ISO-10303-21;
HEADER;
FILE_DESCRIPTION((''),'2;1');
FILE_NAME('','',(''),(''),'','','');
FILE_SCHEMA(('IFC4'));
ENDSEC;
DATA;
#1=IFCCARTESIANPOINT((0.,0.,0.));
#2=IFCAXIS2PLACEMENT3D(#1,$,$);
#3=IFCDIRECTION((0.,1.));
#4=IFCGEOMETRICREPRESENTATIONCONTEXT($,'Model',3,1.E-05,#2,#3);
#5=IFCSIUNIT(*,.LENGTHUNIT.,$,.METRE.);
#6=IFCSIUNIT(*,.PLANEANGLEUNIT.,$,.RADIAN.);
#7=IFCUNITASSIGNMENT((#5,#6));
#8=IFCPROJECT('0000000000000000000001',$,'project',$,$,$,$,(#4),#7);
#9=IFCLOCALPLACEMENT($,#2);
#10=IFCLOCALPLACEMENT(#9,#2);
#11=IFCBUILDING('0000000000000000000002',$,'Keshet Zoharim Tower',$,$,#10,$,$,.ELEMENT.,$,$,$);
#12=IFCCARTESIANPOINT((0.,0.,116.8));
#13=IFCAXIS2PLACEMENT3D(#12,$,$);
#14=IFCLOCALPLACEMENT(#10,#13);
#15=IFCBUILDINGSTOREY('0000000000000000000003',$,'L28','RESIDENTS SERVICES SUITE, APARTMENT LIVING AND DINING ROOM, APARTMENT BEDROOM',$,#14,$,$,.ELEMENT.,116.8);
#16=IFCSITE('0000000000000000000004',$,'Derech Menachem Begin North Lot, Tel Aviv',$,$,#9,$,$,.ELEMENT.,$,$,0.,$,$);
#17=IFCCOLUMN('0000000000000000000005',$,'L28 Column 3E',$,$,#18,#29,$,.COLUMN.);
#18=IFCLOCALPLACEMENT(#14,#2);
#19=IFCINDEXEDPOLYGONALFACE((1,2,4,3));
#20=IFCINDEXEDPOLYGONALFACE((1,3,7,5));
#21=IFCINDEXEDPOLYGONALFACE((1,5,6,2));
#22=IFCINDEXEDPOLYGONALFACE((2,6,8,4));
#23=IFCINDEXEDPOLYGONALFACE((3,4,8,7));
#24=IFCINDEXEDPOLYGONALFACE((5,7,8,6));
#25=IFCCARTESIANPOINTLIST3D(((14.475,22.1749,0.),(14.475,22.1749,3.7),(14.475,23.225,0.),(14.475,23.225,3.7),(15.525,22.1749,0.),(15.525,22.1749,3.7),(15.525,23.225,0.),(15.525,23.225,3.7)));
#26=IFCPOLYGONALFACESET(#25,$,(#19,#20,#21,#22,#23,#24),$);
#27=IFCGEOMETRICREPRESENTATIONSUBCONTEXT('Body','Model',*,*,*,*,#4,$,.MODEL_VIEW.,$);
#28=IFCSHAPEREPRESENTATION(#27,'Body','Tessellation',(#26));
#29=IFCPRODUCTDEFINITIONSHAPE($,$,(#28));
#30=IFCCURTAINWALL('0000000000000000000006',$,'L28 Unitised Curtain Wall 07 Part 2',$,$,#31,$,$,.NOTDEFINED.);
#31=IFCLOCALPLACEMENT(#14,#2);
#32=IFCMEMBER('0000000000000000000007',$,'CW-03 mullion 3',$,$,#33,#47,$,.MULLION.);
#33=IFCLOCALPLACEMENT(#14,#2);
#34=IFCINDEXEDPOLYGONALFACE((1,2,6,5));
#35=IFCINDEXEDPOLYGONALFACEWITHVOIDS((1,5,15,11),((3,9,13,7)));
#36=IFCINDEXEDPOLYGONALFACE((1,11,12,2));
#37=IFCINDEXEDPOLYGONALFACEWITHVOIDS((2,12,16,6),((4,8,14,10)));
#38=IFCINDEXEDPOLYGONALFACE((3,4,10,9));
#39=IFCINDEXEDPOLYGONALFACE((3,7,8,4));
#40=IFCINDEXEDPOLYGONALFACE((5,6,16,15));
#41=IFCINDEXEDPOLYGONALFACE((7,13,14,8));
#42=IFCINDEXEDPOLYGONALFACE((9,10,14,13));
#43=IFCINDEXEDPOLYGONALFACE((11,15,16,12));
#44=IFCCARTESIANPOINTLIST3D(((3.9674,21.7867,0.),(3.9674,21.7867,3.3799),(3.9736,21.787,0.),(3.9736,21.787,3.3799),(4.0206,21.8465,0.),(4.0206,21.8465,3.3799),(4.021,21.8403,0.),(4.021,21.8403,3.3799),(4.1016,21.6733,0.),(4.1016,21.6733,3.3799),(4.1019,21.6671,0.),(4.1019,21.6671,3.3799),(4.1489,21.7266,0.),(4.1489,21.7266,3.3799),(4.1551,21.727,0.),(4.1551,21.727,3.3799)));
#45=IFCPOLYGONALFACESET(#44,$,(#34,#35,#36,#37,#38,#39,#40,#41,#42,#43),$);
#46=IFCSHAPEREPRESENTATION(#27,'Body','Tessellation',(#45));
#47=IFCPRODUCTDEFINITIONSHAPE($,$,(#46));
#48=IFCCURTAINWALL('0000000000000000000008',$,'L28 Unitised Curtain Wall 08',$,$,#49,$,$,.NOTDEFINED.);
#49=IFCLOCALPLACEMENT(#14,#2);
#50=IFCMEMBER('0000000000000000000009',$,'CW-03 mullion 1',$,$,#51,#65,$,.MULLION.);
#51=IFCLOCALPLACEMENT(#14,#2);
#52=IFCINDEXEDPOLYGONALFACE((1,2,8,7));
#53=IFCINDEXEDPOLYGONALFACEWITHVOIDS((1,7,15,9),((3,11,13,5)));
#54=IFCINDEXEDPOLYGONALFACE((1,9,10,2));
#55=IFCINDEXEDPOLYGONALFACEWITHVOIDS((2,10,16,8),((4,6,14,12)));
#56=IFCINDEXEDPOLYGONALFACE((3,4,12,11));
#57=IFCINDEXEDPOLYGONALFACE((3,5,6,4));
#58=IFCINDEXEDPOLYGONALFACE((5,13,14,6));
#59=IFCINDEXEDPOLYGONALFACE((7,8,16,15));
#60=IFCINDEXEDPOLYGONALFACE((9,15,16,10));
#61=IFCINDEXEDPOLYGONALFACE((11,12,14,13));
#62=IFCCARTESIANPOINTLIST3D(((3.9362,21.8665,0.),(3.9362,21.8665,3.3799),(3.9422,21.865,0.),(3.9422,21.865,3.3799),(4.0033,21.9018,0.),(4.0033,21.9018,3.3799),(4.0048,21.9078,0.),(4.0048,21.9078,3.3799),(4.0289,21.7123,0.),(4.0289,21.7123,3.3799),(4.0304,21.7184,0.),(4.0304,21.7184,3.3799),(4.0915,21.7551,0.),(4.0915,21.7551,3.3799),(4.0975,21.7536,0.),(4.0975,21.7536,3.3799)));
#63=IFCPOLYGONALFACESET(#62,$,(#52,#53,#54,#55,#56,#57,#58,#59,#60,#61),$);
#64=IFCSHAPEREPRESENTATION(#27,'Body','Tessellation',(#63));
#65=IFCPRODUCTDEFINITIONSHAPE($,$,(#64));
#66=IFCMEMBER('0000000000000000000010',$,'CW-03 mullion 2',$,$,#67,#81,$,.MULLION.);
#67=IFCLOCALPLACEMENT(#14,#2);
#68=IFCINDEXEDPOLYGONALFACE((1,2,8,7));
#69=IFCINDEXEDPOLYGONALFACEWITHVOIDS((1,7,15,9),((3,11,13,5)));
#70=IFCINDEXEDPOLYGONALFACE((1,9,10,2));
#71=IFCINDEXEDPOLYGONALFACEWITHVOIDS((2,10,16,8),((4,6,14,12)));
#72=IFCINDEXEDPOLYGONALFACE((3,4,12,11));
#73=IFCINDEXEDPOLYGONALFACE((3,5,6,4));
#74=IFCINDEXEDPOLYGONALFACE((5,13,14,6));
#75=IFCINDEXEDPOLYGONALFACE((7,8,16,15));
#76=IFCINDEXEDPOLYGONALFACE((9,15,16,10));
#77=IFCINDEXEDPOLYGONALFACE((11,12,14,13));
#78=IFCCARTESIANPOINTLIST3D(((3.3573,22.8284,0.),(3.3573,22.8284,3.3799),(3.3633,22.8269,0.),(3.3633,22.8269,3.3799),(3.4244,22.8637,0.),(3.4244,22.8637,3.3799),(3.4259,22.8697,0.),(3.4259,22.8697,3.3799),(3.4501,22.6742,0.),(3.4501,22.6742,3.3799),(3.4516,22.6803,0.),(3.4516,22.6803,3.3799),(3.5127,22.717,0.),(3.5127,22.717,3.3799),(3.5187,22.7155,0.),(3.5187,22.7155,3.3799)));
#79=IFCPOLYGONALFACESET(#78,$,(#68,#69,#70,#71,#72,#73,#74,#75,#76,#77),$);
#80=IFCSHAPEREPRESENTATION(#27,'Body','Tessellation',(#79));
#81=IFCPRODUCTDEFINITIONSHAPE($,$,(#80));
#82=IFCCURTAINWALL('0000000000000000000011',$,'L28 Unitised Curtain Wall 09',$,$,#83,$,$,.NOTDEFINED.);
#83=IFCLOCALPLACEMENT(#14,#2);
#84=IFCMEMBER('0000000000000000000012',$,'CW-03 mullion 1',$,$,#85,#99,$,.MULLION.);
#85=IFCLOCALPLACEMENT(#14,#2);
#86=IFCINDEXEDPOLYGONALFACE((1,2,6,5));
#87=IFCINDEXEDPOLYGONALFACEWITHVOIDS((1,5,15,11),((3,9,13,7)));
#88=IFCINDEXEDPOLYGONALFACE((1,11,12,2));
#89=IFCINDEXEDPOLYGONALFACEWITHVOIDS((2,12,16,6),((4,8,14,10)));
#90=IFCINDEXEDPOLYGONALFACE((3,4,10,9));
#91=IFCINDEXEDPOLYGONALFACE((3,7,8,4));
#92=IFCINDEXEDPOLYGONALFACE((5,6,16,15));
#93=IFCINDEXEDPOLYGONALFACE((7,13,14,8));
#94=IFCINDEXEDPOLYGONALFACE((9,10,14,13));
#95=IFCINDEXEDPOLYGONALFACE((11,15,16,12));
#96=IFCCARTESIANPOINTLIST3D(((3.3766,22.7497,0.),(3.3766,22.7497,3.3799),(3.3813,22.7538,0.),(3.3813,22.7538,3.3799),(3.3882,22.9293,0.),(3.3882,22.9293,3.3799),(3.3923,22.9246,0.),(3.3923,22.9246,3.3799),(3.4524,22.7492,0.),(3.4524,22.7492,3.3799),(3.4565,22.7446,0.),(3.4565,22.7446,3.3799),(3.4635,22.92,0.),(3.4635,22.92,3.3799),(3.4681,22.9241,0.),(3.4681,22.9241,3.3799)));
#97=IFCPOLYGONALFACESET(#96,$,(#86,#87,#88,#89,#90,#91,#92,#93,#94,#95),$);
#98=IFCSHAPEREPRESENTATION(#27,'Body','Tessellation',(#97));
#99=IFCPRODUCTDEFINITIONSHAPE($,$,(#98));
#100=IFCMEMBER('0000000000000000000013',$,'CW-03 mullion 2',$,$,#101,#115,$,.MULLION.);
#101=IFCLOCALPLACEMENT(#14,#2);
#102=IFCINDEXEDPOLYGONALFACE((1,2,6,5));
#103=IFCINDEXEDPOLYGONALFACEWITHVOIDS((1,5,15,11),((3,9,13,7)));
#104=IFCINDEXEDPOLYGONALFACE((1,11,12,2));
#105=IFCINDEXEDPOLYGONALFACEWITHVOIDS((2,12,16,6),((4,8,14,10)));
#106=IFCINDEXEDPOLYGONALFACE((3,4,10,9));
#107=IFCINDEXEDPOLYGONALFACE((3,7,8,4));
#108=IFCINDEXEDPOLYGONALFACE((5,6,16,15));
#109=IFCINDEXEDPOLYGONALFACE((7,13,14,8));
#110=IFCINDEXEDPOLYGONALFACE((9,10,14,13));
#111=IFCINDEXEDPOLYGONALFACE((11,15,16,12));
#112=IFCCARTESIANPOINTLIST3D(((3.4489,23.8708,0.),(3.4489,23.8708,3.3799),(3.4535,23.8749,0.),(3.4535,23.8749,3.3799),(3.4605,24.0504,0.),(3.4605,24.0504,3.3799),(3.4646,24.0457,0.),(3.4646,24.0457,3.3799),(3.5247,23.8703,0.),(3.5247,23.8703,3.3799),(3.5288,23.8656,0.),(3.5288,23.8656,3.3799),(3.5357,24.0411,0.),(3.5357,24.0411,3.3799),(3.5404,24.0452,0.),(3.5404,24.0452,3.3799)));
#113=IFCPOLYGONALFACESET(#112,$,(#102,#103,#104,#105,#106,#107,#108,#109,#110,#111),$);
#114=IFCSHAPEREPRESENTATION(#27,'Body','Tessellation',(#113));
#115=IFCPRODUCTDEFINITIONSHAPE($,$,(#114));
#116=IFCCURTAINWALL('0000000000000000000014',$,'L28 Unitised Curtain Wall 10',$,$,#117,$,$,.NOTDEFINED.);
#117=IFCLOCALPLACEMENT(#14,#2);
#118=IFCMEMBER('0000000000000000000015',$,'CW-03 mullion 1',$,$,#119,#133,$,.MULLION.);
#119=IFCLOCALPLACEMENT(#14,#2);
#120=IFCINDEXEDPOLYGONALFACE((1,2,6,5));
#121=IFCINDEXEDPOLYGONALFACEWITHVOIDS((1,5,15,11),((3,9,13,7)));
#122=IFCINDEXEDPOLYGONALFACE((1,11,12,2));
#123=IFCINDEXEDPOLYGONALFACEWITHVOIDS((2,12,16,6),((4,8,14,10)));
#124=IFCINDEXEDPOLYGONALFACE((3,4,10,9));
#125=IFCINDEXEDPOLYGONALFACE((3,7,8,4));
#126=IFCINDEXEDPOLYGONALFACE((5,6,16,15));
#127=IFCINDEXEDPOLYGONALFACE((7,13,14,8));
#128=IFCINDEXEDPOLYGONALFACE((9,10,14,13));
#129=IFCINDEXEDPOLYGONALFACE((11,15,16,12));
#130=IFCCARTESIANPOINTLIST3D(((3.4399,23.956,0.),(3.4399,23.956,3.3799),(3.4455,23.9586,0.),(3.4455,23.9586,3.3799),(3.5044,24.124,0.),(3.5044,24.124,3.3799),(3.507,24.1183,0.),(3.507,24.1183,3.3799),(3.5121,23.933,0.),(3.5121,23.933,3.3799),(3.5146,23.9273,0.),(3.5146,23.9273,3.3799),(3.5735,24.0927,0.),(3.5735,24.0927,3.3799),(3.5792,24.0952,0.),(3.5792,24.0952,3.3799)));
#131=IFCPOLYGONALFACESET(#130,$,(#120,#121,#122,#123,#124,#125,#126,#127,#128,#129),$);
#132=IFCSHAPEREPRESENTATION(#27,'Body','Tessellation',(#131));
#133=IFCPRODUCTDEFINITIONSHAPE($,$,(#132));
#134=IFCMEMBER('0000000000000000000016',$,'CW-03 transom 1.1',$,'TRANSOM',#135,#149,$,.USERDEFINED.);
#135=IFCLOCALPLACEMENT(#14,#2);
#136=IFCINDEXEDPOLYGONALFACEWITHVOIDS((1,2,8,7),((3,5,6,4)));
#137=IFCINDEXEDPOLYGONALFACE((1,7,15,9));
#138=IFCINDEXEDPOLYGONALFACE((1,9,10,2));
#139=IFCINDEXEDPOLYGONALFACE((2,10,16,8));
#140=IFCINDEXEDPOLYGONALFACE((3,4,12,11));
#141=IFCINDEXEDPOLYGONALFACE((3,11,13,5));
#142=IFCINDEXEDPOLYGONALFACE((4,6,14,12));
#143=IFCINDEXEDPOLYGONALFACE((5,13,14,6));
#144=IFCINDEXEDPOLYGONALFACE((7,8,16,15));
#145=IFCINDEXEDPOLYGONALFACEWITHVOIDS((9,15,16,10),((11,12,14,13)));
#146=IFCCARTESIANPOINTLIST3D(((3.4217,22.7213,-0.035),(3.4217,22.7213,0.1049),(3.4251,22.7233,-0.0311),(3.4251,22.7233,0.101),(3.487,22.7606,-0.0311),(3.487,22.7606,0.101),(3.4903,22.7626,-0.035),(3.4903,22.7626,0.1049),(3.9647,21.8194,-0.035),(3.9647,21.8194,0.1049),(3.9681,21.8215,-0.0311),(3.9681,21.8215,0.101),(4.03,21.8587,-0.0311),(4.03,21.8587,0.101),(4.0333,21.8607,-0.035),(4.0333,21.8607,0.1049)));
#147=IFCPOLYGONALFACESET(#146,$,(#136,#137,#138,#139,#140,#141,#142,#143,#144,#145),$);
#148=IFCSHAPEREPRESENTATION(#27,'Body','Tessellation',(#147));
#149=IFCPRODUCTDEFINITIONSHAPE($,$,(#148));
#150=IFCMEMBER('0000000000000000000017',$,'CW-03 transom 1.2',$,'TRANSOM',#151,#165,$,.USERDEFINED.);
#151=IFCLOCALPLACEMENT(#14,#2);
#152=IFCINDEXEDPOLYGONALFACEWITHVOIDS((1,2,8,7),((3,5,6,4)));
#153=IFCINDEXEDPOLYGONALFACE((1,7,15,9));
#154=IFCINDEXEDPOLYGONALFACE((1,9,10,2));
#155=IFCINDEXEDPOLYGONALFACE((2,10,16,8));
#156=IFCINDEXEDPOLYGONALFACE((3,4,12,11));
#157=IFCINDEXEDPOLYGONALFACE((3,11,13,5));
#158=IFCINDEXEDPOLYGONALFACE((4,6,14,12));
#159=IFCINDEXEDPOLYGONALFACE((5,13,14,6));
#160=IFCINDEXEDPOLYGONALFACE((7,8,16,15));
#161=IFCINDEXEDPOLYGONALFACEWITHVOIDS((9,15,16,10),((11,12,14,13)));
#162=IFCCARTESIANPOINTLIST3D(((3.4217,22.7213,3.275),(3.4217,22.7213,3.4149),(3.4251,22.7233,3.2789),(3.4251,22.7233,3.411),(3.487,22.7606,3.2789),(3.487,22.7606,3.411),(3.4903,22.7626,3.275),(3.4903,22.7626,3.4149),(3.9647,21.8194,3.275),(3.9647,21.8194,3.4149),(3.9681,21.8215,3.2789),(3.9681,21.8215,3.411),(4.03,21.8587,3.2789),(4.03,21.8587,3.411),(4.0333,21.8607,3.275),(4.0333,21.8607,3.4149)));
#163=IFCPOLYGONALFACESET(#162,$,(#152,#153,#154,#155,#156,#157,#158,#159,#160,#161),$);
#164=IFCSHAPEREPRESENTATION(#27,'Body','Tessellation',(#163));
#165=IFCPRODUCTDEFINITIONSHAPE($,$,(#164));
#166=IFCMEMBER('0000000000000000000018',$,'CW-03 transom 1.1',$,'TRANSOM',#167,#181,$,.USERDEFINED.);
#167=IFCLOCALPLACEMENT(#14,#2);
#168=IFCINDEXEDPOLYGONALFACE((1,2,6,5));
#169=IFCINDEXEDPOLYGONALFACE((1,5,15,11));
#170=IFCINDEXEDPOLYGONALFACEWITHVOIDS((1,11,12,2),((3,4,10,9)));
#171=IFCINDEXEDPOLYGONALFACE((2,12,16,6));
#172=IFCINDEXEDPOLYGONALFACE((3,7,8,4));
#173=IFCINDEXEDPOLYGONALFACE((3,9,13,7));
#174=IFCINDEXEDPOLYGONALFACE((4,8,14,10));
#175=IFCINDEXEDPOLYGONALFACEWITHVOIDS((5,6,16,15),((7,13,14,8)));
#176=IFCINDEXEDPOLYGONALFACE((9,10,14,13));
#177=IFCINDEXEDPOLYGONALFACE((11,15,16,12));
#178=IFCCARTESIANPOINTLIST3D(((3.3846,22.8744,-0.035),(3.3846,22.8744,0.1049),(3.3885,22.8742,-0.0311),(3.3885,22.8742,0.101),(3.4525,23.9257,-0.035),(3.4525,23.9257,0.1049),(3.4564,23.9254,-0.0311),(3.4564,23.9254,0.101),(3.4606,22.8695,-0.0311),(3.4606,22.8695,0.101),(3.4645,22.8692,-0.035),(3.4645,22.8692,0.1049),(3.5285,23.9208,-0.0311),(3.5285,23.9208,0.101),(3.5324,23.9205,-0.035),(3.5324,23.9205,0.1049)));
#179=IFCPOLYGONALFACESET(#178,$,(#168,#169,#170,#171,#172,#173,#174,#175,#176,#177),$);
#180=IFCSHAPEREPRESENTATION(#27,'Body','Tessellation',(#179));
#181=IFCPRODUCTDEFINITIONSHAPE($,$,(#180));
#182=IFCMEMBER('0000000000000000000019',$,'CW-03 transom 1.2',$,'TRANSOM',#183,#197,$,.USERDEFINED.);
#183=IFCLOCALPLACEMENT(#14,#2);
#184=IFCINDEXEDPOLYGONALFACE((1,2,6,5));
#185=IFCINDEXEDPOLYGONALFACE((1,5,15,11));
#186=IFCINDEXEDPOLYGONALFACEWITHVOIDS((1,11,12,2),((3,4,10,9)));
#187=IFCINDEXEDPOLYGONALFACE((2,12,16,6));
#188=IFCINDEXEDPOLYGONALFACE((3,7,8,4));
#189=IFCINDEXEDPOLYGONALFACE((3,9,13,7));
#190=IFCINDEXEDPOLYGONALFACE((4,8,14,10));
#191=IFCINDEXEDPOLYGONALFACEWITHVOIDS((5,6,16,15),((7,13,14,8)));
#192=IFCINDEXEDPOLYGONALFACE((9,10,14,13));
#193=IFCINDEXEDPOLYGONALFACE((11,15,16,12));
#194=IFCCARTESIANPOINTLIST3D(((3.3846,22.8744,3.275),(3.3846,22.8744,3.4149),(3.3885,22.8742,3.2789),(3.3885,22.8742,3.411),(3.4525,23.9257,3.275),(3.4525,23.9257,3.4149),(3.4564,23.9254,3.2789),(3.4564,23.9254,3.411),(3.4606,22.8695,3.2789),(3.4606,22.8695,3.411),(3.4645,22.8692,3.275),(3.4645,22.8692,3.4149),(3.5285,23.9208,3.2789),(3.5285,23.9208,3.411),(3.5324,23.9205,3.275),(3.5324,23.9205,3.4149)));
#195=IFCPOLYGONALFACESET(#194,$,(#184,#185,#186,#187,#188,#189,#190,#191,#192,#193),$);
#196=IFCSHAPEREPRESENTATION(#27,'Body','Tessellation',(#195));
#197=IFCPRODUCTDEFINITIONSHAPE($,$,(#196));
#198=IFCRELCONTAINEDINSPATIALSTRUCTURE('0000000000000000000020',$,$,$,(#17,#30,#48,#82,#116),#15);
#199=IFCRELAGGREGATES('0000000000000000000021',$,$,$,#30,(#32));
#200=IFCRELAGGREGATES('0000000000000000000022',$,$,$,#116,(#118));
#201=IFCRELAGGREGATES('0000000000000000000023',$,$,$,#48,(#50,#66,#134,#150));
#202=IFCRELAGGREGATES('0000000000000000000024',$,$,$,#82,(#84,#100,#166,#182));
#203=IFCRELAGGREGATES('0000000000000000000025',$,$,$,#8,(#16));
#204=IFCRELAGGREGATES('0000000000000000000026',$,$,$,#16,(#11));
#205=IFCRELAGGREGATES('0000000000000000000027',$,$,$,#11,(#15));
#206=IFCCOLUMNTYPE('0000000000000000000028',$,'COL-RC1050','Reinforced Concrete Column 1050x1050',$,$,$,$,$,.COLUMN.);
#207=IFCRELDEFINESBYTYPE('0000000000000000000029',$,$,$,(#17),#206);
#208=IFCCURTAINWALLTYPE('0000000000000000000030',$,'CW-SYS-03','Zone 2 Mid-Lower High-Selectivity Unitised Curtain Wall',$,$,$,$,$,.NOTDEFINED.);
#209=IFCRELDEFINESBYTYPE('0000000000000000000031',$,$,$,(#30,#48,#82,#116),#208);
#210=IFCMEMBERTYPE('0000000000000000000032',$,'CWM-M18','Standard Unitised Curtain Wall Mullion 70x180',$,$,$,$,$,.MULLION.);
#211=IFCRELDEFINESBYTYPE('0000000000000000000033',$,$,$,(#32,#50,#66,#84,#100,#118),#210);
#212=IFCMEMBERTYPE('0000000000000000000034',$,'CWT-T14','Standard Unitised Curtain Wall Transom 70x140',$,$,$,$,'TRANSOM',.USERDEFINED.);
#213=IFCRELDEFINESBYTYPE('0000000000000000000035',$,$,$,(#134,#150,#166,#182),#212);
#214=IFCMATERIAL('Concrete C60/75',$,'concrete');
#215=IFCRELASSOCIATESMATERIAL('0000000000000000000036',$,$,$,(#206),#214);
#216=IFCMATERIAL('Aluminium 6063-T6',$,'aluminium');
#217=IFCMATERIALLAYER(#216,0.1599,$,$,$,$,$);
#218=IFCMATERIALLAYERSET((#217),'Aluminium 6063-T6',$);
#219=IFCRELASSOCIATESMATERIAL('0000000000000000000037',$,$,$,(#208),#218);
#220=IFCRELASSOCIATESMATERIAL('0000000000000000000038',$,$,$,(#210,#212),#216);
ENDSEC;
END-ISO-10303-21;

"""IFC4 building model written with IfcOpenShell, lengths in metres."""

from ifc_helpers import new_model, si_unit, direction, frame, origin, origin_2d, place, context, subcontext, project, spatial, rectangle, hollow_rectangle, extrude, material, layer, layer_set, material_profile, profile_set, type_object, element, aggregate, save


model = new_model("IFC4")

# Units and contexts
model_context = context("Model", 3, precision=1e-05, world=origin(), true_north=direction((0.0, 1.0)))
body_context = subcontext(model_context, "Body", "Model", "MODEL_VIEW")
ifc_project = project(units=[si_unit("LENGTHUNIT", "METRE"), si_unit("PLANEANGLEUNIT", "RADIAN")], contexts=[model_context])

# Site, building, storey
site_placement = place(None, origin())
site = spatial("IfcSite", under=ifc_project, at=site_placement, Name="Derech Menachem Begin North Lot, Tel Aviv", CompositionType="ELEMENT", RefElevation=0.0)
building_placement = place(site_placement, origin())
building = spatial("IfcBuilding", under=site, at=building_placement, Name="Keshet Zoharim Tower", CompositionType="ELEMENT")
storey_placement = place(building_placement, frame((0.0, 0.0, 116.8)))
storey = spatial("IfcBuildingStorey", under=building, at=storey_placement, Name="L28", Description="RESIDENTS SERVICES SUITE, APARTMENT LIVING AND DINING ROOM, APARTMENT BEDROOM", CompositionType="ELEMENT", Elevation=116.8)

# Column
ifc_material_1 = material(Name="Concrete C60/75", Category="concrete")
ifc_material_profile_1 = material_profile(ifc_material_1, rectangle(XDim=1.05, YDim=1.05, at=origin_2d()), Name="RC1050x1050")
ifc_profile_set_1 = profile_set([ifc_material_profile_1], Name="Concrete C60/75")
column_type = type_object("IfcColumnType", Name="COL-RC1050", Description="Reinforced Concrete Column 1050x1050", PredefinedType="COLUMN", material=ifc_profile_set_1)
column_placement = place(storey_placement, frame((15.0, 22.7, 0.0), z_axis=(0.0, 0.0, 1.0), x_axis=(1.0, 0.0, 0.0)))
element("IfcColumn", 1, at=column_placement, inside=storey, type_object=column_type, Name="L28 Column 3E", PredefinedType="COLUMN", context=body_context, shape_type="SweptSolid", body=[
    extrude(rectangle(XDim=1.05, YDim=1.05, at=origin_2d()), origin(), (0.0, 0.0, 1.0), 3.7),
])

# Curtain wall, member
ifc_material_2 = material(Name="Aluminium 6063-T6", Category="aluminium")
ifc_layer_1 = layer(ifc_material_2, 0.1599)
ifc_layer_set_1 = layer_set([ifc_layer_1], Name="Aluminium 6063-T6")
curtain_wall_type = type_object("IfcCurtainWallType", Name="CW-SYS-03", Description="Zone 2 Mid-Lower High-Selectivity Unitised Curtain Wall", PredefinedType="NOTDEFINED", material=ifc_layer_set_1)
curtain_wall_1_placement = place(storey_placement, origin())
curtain_wall_1 = element("IfcCurtainWall", 2, at=curtain_wall_1_placement, inside=storey, type_object=curtain_wall_type, Name="L28 Unitised Curtain Wall 07 Part 2", PredefinedType="NOTDEFINED")
ifc_material_profile_2 = material_profile(ifc_material_2, hollow_rectangle(XDim=0.0801, YDim=0.1799, WallThickness=0.0044, at=origin_2d()), Name="MUL-80x180")
ifc_profile_set_2 = profile_set([ifc_material_profile_2], Name="Aluminium 6063-T6")
member_type_1 = type_object("IfcMemberType", Name="CWM-M18", Description="Standard Unitised Curtain Wall Mullion 70x180", PredefinedType="MULLION", material=ifc_profile_set_2)
member_1_placement = place(storey_placement, frame((4.0613, 21.7568, 0.0), z_axis=(0.0, 0.0, 1.0), x_axis=(-0.664364, -0.747409, 0.0)))
member_1 = element("IfcMember", 3, at=member_1_placement, type_object=member_type_1, Name="CW-03 mullion 3", PredefinedType="MULLION", context=body_context, shape_type="SweptSolid", body=[
    extrude(hollow_rectangle(XDim=0.0801, YDim=0.1799, WallThickness=0.0044, at=origin_2d()), origin(), (0.0, 0.0, 1.0), 3.3799),
])
aggregate(curtain_wall_1, [member_1])

# Curtain walls, members
curtain_wall_2_placement = place(storey_placement, origin())
curtain_wall_2 = element("IfcCurtainWall", 4, at=curtain_wall_2_placement, inside=storey, type_object=curtain_wall_type, Name="L28 Unitised Curtain Wall 08", PredefinedType="NOTDEFINED")
member_2_placement = place(storey_placement, frame((4.0168, 21.8101, 0.0), z_axis=(0.0, 0.0, 1.0), x_axis=(-0.856826, -0.515605, 0.0)))
member_2 = element("IfcMember", 5, at=member_2_placement, type_object=member_type_1, Name="CW-03 mullion 1", PredefinedType="MULLION", context=body_context, shape_type="SweptSolid", body=[
    extrude(hollow_rectangle(XDim=0.0801, YDim=0.1799, WallThickness=0.0044, at=origin_2d()), origin(), (0.0, 0.0, 1.0), 3.3799),
])
member_3_placement = place(storey_placement, frame((3.438, 22.772, 0.0), z_axis=(0.0, 0.0, 1.0), x_axis=(-0.856826, -0.515605, 0.0)))
member_3 = element("IfcMember", 6, at=member_3_placement, type_object=member_type_1, Name="CW-03 mullion 2", PredefinedType="MULLION", context=body_context, shape_type="SweptSolid", body=[
    extrude(hollow_rectangle(XDim=0.0801, YDim=0.1799, WallThickness=0.0044, at=origin_2d()), origin(), (0.0, 0.0, 1.0), 3.3799),
])
curtain_wall_3_placement = place(storey_placement, origin())
curtain_wall_3 = element("IfcCurtainWall", 7, at=curtain_wall_3_placement, inside=storey, type_object=curtain_wall_type, Name="L28 Unitised Curtain Wall 09", PredefinedType="NOTDEFINED")
member_4_placement = place(storey_placement, frame((3.4224, 22.8369, 0.0), z_axis=(0.0, 0.0, 1.0), x_axis=(-0.997917, 0.064517, 0.0)))
member_4 = element("IfcMember", 8, at=member_4_placement, type_object=member_type_1, Name="CW-03 mullion 1", PredefinedType="MULLION", context=body_context, shape_type="SweptSolid", body=[
    extrude(hollow_rectangle(XDim=0.0801, YDim=0.1799, WallThickness=0.0044, at=origin_2d()), origin(), (0.0, 0.0, 1.0), 3.3799),
])
member_5_placement = place(storey_placement, frame((3.4946, 23.958, 0.0), z_axis=(0.0, 0.0, 1.0), x_axis=(-0.997917, 0.064517, 0.0)))
member_5 = element("IfcMember", 9, at=member_5_placement, type_object=member_type_1, Name="CW-03 mullion 2", PredefinedType="MULLION", context=body_context, shape_type="SweptSolid", body=[
    extrude(hollow_rectangle(XDim=0.0801, YDim=0.1799, WallThickness=0.0044, at=origin_2d()), origin(), (0.0, 0.0, 1.0), 3.3799),
])

# Curtain wall, member
curtain_wall_4_placement = place(storey_placement, origin())
curtain_wall_4 = element("IfcCurtainWall", 10, at=curtain_wall_4_placement, inside=storey, type_object=curtain_wall_type, Name="L28 Unitised Curtain Wall 10", PredefinedType="NOTDEFINED")
member_6_placement = place(storey_placement, frame((3.5095, 24.0256, 0.0), z_axis=(0.0, 0.0, 1.0), x_axis=(-0.933341, 0.35899, 0.0)))
member_6 = element("IfcMember", 11, at=member_6_placement, type_object=member_type_1, Name="CW-03 mullion 1", PredefinedType="MULLION", context=body_context, shape_type="SweptSolid", body=[
    extrude(hollow_rectangle(XDim=0.0801, YDim=0.1799, WallThickness=0.0044, at=origin_2d()), origin(), (0.0, 0.0, 1.0), 3.3799),
])

# Members
ifc_material_profile_3 = material_profile(ifc_material_2, hollow_rectangle(XDim=0.0801, YDim=0.1399, WallThickness=0.0039, at=origin_2d()), Name="TRN-80x140")
ifc_profile_set_3 = profile_set([ifc_material_profile_3], Name="Aluminium 6063-T6")
member_type_2 = type_object("IfcMemberType", Name="CWT-T14", Description="Standard Unitised Curtain Wall Transom 70x140", ElementType="TRANSOM", PredefinedType="USERDEFINED", material=ifc_profile_set_3)
member_7_placement = place(storey_placement, frame((3.999, 21.8401, 0.0349), z_axis=(-0.515791, 0.856714, 0.0), x_axis=(-0.856714, -0.515791, 0.0)))
member_7 = element("IfcMember", 12, at=member_7_placement, type_object=member_type_2, Name="CW-03 transom 1.1", ObjectType="TRANSOM", PredefinedType="USERDEFINED", context=body_context, shape_type="SweptSolid", body=[
    extrude(hollow_rectangle(XDim=0.0801, YDim=0.1399, WallThickness=0.0039, at=origin_2d()), origin(), (0.0, 0.0, 1.0), 1.0527),
])
member_8_placement = place(storey_placement, frame((3.999, 21.8401, 3.345), z_axis=(-0.515791, 0.856714, 0.0), x_axis=(-0.856714, -0.515791, 0.0)))
member_8 = element("IfcMember", 13, at=member_8_placement, type_object=member_type_2, Name="CW-03 transom 1.2", ObjectType="TRANSOM", PredefinedType="USERDEFINED", context=body_context, shape_type="SweptSolid", body=[
    extrude(hollow_rectangle(XDim=0.0801, YDim=0.1399, WallThickness=0.0039, at=origin_2d()), origin(), (0.0, 0.0, 1.0), 1.0527),
])
member_9_placement = place(storey_placement, frame((3.4246, 22.8718, 0.0349), z_axis=(0.064427, 0.997922, 0.0), x_axis=(-0.997922, 0.064427, 0.0)))
member_9 = element("IfcMember", 14, at=member_9_placement, type_object=member_type_2, Name="CW-03 transom 1.1", ObjectType="TRANSOM", PredefinedType="USERDEFINED", context=body_context, shape_type="SweptSolid", body=[
    extrude(hollow_rectangle(XDim=0.0801, YDim=0.1399, WallThickness=0.0039, at=origin_2d()), origin(), (0.0, 0.0, 1.0), 1.0535),
])
member_10_placement = place(storey_placement, frame((3.4246, 22.8718, 3.345), z_axis=(0.064427, 0.997922, 0.0), x_axis=(-0.997922, 0.064427, 0.0)))
member_10 = element("IfcMember", 15, at=member_10_placement, type_object=member_type_2, Name="CW-03 transom 1.2", ObjectType="TRANSOM", PredefinedType="USERDEFINED", context=body_context, shape_type="SweptSolid", body=[
    extrude(hollow_rectangle(XDim=0.0801, YDim=0.1399, WallThickness=0.0039, at=origin_2d()), origin(), (0.0, 0.0, 1.0), 1.0535),
])
aggregate(curtain_wall_4, [member_6])

aggregate(curtain_wall_2, [member_2, member_3, member_7, member_8])
aggregate(curtain_wall_3, [member_4, member_5, member_9, member_10])

save(model, "model.ifc")
